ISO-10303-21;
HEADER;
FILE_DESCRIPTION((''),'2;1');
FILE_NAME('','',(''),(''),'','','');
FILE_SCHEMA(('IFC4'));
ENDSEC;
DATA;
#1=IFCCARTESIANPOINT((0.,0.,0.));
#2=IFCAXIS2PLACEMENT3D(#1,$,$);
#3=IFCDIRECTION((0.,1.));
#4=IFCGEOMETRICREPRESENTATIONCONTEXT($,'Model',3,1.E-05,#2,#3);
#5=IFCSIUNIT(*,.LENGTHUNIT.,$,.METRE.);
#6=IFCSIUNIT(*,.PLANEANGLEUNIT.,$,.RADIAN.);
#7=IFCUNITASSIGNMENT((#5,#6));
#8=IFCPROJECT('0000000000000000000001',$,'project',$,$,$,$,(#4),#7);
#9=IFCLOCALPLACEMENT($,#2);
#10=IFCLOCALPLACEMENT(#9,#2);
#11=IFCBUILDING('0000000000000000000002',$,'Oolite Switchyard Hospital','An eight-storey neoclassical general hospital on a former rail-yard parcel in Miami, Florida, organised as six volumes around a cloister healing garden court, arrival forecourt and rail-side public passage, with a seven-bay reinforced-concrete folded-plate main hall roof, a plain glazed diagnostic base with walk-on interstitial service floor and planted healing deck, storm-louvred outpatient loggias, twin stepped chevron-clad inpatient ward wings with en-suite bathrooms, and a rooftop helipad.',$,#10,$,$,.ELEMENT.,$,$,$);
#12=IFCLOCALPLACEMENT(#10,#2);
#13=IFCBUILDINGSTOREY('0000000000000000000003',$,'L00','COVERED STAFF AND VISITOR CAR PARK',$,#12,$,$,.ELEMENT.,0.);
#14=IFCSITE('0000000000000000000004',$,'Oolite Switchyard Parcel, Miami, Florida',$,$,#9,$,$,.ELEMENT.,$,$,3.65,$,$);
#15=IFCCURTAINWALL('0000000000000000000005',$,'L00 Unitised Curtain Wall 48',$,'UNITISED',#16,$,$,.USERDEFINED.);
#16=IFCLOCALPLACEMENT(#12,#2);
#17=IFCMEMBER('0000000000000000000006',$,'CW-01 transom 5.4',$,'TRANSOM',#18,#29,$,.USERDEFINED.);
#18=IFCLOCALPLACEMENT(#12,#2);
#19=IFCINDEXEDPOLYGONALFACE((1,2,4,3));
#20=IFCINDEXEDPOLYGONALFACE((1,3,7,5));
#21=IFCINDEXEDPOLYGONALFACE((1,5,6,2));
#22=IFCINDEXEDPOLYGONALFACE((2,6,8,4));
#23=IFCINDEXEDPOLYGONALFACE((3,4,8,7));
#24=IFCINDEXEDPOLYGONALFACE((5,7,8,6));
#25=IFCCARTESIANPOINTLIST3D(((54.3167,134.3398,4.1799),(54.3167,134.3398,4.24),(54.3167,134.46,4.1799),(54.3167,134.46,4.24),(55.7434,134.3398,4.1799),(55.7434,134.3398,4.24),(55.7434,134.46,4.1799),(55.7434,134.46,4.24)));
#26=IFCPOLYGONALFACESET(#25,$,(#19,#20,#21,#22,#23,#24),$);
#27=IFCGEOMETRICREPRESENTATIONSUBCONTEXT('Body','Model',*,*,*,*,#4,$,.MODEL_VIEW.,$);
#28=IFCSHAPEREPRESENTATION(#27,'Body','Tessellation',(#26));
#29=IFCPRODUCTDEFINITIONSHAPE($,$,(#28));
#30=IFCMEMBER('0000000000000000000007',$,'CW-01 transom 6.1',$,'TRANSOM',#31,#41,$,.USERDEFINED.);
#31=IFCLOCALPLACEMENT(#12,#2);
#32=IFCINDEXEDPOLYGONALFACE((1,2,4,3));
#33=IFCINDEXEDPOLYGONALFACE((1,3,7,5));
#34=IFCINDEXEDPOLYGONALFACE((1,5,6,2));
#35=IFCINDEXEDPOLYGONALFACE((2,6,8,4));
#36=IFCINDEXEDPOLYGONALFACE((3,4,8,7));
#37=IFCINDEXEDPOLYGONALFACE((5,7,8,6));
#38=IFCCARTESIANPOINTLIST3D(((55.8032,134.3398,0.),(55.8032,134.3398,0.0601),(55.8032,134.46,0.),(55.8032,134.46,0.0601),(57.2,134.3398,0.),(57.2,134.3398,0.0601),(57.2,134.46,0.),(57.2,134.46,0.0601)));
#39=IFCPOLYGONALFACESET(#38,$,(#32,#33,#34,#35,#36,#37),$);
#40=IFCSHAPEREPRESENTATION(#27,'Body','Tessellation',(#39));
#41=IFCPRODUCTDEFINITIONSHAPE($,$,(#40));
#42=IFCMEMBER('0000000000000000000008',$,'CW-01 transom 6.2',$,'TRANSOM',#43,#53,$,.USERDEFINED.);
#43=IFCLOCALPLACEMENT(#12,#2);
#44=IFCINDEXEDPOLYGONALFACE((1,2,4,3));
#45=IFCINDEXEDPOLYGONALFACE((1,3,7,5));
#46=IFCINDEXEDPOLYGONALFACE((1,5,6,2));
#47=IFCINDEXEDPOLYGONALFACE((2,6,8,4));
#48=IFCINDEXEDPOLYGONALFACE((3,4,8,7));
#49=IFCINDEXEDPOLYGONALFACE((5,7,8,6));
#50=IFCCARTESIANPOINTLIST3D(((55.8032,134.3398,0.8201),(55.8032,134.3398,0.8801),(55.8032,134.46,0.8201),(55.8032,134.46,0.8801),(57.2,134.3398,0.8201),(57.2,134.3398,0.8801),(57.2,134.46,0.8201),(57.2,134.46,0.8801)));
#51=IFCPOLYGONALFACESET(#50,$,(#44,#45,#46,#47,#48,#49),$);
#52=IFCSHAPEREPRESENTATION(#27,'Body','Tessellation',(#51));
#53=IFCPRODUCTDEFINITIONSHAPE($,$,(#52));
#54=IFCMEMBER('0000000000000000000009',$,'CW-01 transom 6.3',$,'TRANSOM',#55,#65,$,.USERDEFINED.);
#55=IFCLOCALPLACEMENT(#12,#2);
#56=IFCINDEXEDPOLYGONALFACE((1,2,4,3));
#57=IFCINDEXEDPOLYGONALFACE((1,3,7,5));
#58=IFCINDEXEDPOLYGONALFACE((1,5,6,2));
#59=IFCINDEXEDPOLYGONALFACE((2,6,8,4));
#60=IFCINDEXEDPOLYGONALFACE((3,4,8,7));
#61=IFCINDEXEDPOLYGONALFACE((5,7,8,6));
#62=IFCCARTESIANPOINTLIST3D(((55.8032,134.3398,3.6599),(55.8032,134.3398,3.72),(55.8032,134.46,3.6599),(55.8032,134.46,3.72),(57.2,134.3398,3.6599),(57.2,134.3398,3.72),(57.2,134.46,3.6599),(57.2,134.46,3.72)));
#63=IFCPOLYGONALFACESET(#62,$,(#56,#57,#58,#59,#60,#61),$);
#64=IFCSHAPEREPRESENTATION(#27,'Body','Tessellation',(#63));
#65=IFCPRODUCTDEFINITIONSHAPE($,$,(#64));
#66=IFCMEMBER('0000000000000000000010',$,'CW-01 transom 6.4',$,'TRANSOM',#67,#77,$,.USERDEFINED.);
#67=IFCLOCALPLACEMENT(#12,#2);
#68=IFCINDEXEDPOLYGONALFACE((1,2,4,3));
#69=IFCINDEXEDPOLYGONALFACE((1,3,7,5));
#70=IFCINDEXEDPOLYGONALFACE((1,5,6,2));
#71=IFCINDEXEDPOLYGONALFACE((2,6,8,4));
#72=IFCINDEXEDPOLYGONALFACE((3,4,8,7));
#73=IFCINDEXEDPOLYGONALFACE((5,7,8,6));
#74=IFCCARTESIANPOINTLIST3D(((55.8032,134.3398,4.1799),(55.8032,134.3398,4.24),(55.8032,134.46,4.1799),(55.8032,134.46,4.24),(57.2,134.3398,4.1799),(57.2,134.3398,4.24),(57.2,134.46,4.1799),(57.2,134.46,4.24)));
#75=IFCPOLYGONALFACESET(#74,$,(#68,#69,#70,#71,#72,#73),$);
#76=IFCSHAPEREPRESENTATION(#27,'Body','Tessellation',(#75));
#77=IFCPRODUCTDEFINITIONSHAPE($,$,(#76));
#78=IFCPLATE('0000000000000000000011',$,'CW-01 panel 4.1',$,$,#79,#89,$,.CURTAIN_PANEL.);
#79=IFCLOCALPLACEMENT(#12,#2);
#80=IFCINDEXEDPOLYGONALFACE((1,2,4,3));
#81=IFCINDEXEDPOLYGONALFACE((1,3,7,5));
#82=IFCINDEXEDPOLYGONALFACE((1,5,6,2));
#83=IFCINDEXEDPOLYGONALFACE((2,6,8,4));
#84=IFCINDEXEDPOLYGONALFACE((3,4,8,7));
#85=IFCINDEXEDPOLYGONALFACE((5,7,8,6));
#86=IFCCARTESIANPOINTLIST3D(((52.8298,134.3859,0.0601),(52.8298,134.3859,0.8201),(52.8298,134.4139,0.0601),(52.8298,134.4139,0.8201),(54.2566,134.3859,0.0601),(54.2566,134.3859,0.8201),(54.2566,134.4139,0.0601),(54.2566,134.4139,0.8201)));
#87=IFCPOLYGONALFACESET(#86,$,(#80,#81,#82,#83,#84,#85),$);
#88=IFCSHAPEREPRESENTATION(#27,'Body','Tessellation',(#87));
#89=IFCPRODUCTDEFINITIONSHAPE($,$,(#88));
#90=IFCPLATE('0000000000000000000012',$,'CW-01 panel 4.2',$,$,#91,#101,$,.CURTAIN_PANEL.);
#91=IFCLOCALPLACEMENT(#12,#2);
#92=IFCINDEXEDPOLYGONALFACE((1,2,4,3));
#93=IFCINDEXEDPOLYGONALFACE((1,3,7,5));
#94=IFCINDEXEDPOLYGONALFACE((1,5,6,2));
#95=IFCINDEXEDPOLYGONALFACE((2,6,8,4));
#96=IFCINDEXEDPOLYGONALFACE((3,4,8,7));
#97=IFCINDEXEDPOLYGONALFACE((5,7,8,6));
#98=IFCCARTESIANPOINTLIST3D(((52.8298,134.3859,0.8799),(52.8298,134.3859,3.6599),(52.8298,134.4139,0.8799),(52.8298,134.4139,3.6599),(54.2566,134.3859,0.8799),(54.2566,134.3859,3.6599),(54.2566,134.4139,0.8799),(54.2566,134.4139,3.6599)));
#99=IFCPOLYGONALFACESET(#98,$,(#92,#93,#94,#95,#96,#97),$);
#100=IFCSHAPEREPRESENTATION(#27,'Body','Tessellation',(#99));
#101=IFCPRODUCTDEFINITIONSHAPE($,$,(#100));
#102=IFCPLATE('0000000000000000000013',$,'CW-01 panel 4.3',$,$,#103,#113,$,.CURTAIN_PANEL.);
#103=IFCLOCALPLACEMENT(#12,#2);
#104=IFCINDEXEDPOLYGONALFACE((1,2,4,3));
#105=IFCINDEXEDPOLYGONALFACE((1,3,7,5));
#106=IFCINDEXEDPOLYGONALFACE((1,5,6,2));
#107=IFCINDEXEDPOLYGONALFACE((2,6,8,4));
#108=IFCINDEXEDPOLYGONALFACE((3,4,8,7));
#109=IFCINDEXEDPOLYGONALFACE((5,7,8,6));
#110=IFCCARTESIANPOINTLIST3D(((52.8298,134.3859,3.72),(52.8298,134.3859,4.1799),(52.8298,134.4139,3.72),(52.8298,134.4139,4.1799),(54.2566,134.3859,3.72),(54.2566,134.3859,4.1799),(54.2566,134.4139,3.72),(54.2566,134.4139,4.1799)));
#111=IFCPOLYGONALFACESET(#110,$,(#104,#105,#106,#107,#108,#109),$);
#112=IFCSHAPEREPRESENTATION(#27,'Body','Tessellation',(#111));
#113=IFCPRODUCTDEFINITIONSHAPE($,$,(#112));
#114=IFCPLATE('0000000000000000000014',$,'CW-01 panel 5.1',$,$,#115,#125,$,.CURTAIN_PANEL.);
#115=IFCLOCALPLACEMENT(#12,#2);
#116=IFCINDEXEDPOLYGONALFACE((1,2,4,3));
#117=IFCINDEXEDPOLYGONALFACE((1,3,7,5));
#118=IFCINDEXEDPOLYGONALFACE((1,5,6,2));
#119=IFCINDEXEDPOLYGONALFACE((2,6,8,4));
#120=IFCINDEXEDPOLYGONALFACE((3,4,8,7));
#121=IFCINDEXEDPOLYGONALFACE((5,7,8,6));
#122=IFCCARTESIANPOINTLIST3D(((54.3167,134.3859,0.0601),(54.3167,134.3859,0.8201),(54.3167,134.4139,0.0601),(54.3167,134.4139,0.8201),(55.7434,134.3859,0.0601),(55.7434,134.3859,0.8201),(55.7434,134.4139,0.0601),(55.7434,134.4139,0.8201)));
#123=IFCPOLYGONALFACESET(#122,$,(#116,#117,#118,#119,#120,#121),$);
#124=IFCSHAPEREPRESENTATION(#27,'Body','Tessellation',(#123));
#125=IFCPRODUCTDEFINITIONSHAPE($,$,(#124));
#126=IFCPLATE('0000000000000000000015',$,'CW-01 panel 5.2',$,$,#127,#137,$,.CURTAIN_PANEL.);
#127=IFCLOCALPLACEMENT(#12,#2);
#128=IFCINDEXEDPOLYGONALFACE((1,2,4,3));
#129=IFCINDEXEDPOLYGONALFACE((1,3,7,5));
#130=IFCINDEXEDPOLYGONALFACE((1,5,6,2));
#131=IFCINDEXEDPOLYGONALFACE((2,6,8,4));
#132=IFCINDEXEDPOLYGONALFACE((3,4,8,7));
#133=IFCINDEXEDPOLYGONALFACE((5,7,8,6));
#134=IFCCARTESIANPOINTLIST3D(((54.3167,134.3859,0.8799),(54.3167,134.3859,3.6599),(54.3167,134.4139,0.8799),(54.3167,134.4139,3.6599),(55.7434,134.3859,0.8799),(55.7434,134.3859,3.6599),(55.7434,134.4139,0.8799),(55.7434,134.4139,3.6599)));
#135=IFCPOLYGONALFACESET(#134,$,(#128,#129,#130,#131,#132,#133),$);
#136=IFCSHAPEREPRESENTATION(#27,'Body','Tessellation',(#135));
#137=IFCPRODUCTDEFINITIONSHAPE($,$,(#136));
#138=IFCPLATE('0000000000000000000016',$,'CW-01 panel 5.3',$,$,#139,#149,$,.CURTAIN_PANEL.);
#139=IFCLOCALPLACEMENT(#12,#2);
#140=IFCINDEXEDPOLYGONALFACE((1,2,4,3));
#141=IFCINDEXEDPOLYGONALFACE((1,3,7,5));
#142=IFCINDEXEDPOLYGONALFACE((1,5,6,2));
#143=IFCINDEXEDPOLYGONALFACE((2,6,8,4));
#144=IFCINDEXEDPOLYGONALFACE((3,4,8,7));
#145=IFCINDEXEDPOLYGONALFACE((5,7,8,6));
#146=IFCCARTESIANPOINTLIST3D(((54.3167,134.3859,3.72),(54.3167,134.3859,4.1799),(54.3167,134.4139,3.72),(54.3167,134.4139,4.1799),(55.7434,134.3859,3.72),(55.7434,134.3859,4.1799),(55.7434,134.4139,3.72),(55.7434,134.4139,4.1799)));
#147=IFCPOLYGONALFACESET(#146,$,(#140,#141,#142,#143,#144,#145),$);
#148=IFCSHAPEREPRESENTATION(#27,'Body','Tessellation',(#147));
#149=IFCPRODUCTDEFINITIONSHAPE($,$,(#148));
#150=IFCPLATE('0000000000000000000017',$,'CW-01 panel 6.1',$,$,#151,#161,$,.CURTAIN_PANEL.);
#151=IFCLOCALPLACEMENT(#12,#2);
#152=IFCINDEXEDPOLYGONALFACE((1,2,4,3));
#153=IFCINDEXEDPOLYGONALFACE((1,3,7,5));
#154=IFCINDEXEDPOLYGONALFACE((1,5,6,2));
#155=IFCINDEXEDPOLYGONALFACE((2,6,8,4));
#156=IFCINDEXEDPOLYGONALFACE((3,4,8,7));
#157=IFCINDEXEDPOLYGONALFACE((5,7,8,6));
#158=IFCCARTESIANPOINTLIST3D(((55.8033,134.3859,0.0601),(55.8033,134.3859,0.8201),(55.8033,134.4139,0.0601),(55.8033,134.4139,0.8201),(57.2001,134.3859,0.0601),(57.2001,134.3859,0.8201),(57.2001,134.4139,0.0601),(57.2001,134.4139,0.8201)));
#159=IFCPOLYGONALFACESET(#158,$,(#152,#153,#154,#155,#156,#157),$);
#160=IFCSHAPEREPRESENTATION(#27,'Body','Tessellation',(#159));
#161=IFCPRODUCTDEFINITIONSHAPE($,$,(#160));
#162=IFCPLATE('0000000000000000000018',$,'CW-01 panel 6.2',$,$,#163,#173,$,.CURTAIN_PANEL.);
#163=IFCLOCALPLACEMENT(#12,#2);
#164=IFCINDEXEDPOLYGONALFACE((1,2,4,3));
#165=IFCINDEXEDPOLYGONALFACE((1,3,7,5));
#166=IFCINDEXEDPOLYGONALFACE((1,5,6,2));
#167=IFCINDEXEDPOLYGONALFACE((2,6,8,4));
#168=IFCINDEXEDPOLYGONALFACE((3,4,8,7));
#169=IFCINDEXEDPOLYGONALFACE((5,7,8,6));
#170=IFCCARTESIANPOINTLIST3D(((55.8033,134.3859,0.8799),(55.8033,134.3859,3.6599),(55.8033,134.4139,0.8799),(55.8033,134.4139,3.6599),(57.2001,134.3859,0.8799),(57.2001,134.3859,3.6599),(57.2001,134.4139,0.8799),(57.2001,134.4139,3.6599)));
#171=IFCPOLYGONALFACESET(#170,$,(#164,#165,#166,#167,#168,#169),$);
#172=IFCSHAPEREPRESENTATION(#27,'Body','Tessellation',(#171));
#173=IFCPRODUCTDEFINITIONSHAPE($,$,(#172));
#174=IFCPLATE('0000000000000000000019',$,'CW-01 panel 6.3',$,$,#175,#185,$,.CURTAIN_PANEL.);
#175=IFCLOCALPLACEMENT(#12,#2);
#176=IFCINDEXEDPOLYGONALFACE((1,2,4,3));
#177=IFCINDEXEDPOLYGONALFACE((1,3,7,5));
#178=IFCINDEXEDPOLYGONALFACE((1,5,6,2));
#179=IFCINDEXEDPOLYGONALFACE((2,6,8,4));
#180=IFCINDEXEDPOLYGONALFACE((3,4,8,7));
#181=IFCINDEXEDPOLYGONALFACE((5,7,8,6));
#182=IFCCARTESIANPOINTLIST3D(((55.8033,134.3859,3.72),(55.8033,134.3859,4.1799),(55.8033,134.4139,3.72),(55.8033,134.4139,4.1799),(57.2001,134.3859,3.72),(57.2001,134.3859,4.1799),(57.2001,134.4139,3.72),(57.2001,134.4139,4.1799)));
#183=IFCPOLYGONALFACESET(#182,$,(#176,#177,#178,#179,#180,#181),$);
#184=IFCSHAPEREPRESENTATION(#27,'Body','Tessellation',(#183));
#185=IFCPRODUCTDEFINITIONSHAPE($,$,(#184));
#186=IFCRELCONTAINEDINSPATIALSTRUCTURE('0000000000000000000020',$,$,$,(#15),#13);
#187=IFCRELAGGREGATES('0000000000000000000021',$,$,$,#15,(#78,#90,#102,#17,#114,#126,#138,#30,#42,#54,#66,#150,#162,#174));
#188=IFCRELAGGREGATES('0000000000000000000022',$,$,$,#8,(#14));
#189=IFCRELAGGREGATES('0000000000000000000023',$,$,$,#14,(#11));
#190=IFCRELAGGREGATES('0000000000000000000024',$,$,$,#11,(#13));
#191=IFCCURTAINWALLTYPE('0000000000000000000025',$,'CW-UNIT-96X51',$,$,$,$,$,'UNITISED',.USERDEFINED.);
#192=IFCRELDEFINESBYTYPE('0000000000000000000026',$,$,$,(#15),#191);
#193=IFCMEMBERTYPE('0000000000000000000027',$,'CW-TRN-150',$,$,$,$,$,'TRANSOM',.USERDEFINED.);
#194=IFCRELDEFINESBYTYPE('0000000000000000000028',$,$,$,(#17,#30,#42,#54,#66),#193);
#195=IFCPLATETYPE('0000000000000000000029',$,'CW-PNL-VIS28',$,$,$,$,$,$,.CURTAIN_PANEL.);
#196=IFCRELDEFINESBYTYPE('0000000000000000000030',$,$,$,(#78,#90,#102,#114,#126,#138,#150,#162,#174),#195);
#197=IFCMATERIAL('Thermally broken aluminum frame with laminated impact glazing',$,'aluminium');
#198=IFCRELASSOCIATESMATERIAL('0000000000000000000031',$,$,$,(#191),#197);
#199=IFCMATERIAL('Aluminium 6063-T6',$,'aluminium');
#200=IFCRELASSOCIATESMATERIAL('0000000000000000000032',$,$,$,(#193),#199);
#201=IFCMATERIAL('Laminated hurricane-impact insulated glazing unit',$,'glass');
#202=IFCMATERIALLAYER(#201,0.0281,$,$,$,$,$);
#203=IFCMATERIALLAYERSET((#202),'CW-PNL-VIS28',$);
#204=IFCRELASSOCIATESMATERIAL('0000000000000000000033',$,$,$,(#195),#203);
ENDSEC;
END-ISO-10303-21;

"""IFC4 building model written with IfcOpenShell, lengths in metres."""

from ifc_helpers import new_model, si_unit, direction, frame, origin, origin_2d, place, context, subcontext, project, spatial, rectangle, extrude, material, layer, layer_set, material_profile, profile_set, type_object, element, aggregate, save


model = new_model("IFC4")

# Units and contexts
model_context = context("Model", 3, precision=1e-05, world=origin(), true_north=direction((0.0, 1.0)))
body_context = subcontext(model_context, "Body", "Model", "MODEL_VIEW")
ifc_project = project(units=[si_unit("LENGTHUNIT", "METRE"), si_unit("PLANEANGLEUNIT", "RADIAN")], contexts=[model_context])

# Site, building, storey
site_placement = place(None, origin())
site = spatial("IfcSite", under=ifc_project, at=site_placement, Name="Oolite Switchyard Parcel, Miami, Florida", CompositionType="ELEMENT", RefElevation=3.65)
building_placement = place(site_placement, origin())
building = spatial("IfcBuilding", under=site, at=building_placement, Name="Oolite Switchyard Hospital", Description="An eight-storey neoclassical general hospital on a former rail-yard parcel in Miami, Florida, organised as six volumes around a cloister healing garden court, arrival forecourt and rail-side public passage, with a seven-bay reinforced-concrete folded-plate main hall roof, a plain glazed diagnostic base with walk-on interstitial service floor and planted healing deck, storm-louvred outpatient loggias, twin stepped chevron-clad inpatient ward wings with en-suite bathrooms, and a rooftop helipad.", CompositionType="ELEMENT")
storey_placement = place(building_placement, origin())
storey = spatial("IfcBuildingStorey", under=building, at=storey_placement, Name="L00", Description="COVERED STAFF AND VISITOR CAR PARK", CompositionType="ELEMENT", Elevation=0.0)

# Curtain wall, members, plates
ifc_material_1 = material(Name="Thermally broken aluminum frame with laminated impact glazing", Category="aluminium")
curtain_wall_type = type_object("IfcCurtainWallType", Name="CW-UNIT-96X51", ElementType="UNITISED", PredefinedType="USERDEFINED", material=ifc_material_1)
curtain_wall_placement = place(storey_placement, origin())
curtain_wall = element("IfcCurtainWall", 1, at=curtain_wall_placement, inside=storey, type_object=curtain_wall_type, Name="L00 Unitised Curtain Wall 48", ObjectType="UNITISED", PredefinedType="USERDEFINED")
ifc_material_2 = material(Name="Aluminium 6063-T6", Category="aluminium")
ifc_material_profile_1 = material_profile(ifc_material_2, rectangle(XDim=0.1201, YDim=0.0601, at=origin_2d()), Name="CWT60X120")
ifc_profile_set_1 = profile_set([ifc_material_profile_1], Name="Aluminium 6063-T6")
member_type_1 = type_object("IfcMemberType", Name="CW-TRN-150", ElementType="TRANSOM", PredefinedType="USERDEFINED", material=ifc_profile_set_1)
member_1_placement = place(storey_placement, frame((54.3167, 134.3999, 4.21), z_axis=(1.0, 0.0, 0.0), x_axis=(0.0, 1.0, 0.0)))
member_1 = element("IfcMember", 2, at=member_1_placement, type_object=member_type_1, Name="CW-01 transom 5.4", ObjectType="TRANSOM", PredefinedType="USERDEFINED", context=body_context, shape_type="SweptSolid", body=[
    extrude(rectangle(XDim=0.1201, YDim=0.0601, at=origin_2d()), origin(), (0.0, 0.0, 1.0), 1.4268),
])
member_2_placement = place(storey_placement, frame((55.8032, 134.3999, 0.03), z_axis=(1.0, 0.0, 0.0), x_axis=(0.0, 1.0, 0.0)))
member_2 = element("IfcMember", 3, at=member_2_placement, type_object=member_type_1, Name="CW-01 transom 6.1", ObjectType="TRANSOM", PredefinedType="USERDEFINED", context=body_context, shape_type="SweptSolid", body=[
    extrude(rectangle(XDim=0.1201, YDim=0.0601, at=origin_2d()), origin(), (0.0, 0.0, 1.0), 1.3967),
])
member_3_placement = place(storey_placement, frame((55.8032, 134.3999, 0.8501), z_axis=(1.0, 0.0, 0.0), x_axis=(0.0, 1.0, 0.0)))
member_3 = element("IfcMember", 4, at=member_3_placement, type_object=member_type_1, Name="CW-01 transom 6.2", ObjectType="TRANSOM", PredefinedType="USERDEFINED", context=body_context, shape_type="SweptSolid", body=[
    extrude(rectangle(XDim=0.1201, YDim=0.0601, at=origin_2d()), origin(), (0.0, 0.0, 1.0), 1.3967),
])
member_4_placement = place(storey_placement, frame((55.8032, 134.3999, 3.6899), z_axis=(1.0, 0.0, 0.0), x_axis=(0.0, 1.0, 0.0)))
member_4 = element("IfcMember", 5, at=member_4_placement, type_object=member_type_1, Name="CW-01 transom 6.3", ObjectType="TRANSOM", PredefinedType="USERDEFINED", context=body_context, shape_type="SweptSolid", body=[
    extrude(rectangle(XDim=0.1201, YDim=0.0601, at=origin_2d()), origin(), (0.0, 0.0, 1.0), 1.3967),
])
member_5_placement = place(storey_placement, frame((55.8032, 134.3999, 4.21), z_axis=(1.0, 0.0, 0.0), x_axis=(0.0, 1.0, 0.0)))
member_5 = element("IfcMember", 6, at=member_5_placement, type_object=member_type_1, Name="CW-01 transom 6.4", ObjectType="TRANSOM", PredefinedType="USERDEFINED", context=body_context, shape_type="SweptSolid", body=[
    extrude(rectangle(XDim=0.1201, YDim=0.0601, at=origin_2d()), origin(), (0.0, 0.0, 1.0), 1.3967),
])
ifc_material_3 = material(Name="Laminated hurricane-impact insulated glazing unit", Category="glass")
ifc_layer = layer(ifc_material_3, 0.0281)
ifc_layer_set = layer_set([ifc_layer], Name="CW-PNL-VIS28")
plate_type = type_object("IfcPlateType", Name="CW-PNL-VIS28", PredefinedType="CURTAIN_PANEL", material=ifc_layer_set)
plate_1_placement = place(storey_placement, frame((53.5432, 134.3999, 0.0601), z_axis=(0.0, 0.0, 1.0), x_axis=(1.0, 0.0, 0.0)))
plate_1 = element("IfcPlate", 7, at=plate_1_placement, type_object=plate_type, Name="CW-01 panel 4.1", PredefinedType="CURTAIN_PANEL", context=body_context, shape_type="SweptSolid", body=[
    extrude(rectangle(XDim=1.4268, YDim=0.0281, at=origin_2d()), origin(), (0.0, 0.0, 1.0), 0.76),
])
plate_2_placement = place(storey_placement, frame((53.5432, 134.3999, 0.8799), z_axis=(0.0, 0.0, 1.0), x_axis=(1.0, 0.0, 0.0)))
plate_2 = element("IfcPlate", 8, at=plate_2_placement, type_object=plate_type, Name="CW-01 panel 4.2", PredefinedType="CURTAIN_PANEL", context=body_context, shape_type="SweptSolid", body=[
    extrude(rectangle(XDim=1.4268, YDim=0.0281, at=origin_2d()), origin(), (0.0, 0.0, 1.0), 2.78),
])
plate_3_placement = place(storey_placement, frame((53.5432, 134.3999, 3.72), z_axis=(0.0, 0.0, 1.0), x_axis=(1.0, 0.0, 0.0)))
plate_3 = element("IfcPlate", 9, at=plate_3_placement, type_object=plate_type, Name="CW-01 panel 4.3", PredefinedType="CURTAIN_PANEL", context=body_context, shape_type="SweptSolid", body=[
    extrude(rectangle(XDim=1.4268, YDim=0.0281, at=origin_2d()), origin(), (0.0, 0.0, 1.0), 0.46),
])
plate_4_placement = place(storey_placement, frame((55.03, 134.3999, 0.0601), z_axis=(0.0, 0.0, 1.0), x_axis=(1.0, 0.0, 0.0)))
plate_4 = element("IfcPlate", 10, at=plate_4_placement, type_object=plate_type, Name="CW-01 panel 5.1", PredefinedType="CURTAIN_PANEL", context=body_context, shape_type="SweptSolid", body=[
    extrude(rectangle(XDim=1.4268, YDim=0.0281, at=origin_2d()), origin(), (0.0, 0.0, 1.0), 0.76),
])
plate_5_placement = place(storey_placement, frame((55.03, 134.3999, 0.8799), z_axis=(0.0, 0.0, 1.0), x_axis=(1.0, 0.0, 0.0)))
plate_5 = element("IfcPlate", 11, at=plate_5_placement, type_object=plate_type, Name="CW-01 panel 5.2", PredefinedType="CURTAIN_PANEL", context=body_context, shape_type="SweptSolid", body=[
    extrude(rectangle(XDim=1.4268, YDim=0.0281, at=origin_2d()), origin(), (0.0, 0.0, 1.0), 2.78),
])
plate_6_placement = place(storey_placement, frame((55.03, 134.3999, 3.72), z_axis=(0.0, 0.0, 1.0), x_axis=(1.0, 0.0, 0.0)))
plate_6 = element("IfcPlate", 12, at=plate_6_placement, type_object=plate_type, Name="CW-01 panel 5.3", PredefinedType="CURTAIN_PANEL", context=body_context, shape_type="SweptSolid", body=[
    extrude(rectangle(XDim=1.4268, YDim=0.0281, at=origin_2d()), origin(), (0.0, 0.0, 1.0), 0.46),
])
plate_7_placement = place(storey_placement, frame((56.5017, 134.3999, 0.0601), z_axis=(0.0, 0.0, 1.0), x_axis=(1.0, 0.0, 0.0)))
plate_7 = element("IfcPlate", 13, at=plate_7_placement, type_object=plate_type, Name="CW-01 panel 6.1", PredefinedType="CURTAIN_PANEL", context=body_context, shape_type="SweptSolid", body=[
    extrude(rectangle(XDim=1.3967, YDim=0.0281, at=origin_2d()), origin(), (0.0, 0.0, 1.0), 0.76),
])
plate_8_placement = place(storey_placement, frame((56.5017, 134.3999, 0.8799), z_axis=(0.0, 0.0, 1.0), x_axis=(1.0, 0.0, 0.0)))
plate_8 = element("IfcPlate", 14, at=plate_8_placement, type_object=plate_type, Name="CW-01 panel 6.2", PredefinedType="CURTAIN_PANEL", context=body_context, shape_type="SweptSolid", body=[
    extrude(rectangle(XDim=1.3967, YDim=0.0281, at=origin_2d()), origin(), (0.0, 0.0, 1.0), 2.78),
])
plate_9_placement = place(storey_placement, frame((56.5017, 134.3999, 3.72), z_axis=(0.0, 0.0, 1.0), x_axis=(1.0, 0.0, 0.0)))
plate_9 = element("IfcPlate", 15, at=plate_9_placement, type_object=plate_type, Name="CW-01 panel 6.3", PredefinedType="CURTAIN_PANEL", context=body_context, shape_type="SweptSolid", body=[
    extrude(rectangle(XDim=1.3967, YDim=0.0281, at=origin_2d()), origin(), (0.0, 0.0, 1.0), 0.46),
])
aggregate(curtain_wall, [plate_1, plate_2, plate_3, member_1, plate_4, plate_5, plate_6, member_2, member_3, member_4, member_5, plate_7, plate_8, plate_9])

save(model, "model.ifc")
